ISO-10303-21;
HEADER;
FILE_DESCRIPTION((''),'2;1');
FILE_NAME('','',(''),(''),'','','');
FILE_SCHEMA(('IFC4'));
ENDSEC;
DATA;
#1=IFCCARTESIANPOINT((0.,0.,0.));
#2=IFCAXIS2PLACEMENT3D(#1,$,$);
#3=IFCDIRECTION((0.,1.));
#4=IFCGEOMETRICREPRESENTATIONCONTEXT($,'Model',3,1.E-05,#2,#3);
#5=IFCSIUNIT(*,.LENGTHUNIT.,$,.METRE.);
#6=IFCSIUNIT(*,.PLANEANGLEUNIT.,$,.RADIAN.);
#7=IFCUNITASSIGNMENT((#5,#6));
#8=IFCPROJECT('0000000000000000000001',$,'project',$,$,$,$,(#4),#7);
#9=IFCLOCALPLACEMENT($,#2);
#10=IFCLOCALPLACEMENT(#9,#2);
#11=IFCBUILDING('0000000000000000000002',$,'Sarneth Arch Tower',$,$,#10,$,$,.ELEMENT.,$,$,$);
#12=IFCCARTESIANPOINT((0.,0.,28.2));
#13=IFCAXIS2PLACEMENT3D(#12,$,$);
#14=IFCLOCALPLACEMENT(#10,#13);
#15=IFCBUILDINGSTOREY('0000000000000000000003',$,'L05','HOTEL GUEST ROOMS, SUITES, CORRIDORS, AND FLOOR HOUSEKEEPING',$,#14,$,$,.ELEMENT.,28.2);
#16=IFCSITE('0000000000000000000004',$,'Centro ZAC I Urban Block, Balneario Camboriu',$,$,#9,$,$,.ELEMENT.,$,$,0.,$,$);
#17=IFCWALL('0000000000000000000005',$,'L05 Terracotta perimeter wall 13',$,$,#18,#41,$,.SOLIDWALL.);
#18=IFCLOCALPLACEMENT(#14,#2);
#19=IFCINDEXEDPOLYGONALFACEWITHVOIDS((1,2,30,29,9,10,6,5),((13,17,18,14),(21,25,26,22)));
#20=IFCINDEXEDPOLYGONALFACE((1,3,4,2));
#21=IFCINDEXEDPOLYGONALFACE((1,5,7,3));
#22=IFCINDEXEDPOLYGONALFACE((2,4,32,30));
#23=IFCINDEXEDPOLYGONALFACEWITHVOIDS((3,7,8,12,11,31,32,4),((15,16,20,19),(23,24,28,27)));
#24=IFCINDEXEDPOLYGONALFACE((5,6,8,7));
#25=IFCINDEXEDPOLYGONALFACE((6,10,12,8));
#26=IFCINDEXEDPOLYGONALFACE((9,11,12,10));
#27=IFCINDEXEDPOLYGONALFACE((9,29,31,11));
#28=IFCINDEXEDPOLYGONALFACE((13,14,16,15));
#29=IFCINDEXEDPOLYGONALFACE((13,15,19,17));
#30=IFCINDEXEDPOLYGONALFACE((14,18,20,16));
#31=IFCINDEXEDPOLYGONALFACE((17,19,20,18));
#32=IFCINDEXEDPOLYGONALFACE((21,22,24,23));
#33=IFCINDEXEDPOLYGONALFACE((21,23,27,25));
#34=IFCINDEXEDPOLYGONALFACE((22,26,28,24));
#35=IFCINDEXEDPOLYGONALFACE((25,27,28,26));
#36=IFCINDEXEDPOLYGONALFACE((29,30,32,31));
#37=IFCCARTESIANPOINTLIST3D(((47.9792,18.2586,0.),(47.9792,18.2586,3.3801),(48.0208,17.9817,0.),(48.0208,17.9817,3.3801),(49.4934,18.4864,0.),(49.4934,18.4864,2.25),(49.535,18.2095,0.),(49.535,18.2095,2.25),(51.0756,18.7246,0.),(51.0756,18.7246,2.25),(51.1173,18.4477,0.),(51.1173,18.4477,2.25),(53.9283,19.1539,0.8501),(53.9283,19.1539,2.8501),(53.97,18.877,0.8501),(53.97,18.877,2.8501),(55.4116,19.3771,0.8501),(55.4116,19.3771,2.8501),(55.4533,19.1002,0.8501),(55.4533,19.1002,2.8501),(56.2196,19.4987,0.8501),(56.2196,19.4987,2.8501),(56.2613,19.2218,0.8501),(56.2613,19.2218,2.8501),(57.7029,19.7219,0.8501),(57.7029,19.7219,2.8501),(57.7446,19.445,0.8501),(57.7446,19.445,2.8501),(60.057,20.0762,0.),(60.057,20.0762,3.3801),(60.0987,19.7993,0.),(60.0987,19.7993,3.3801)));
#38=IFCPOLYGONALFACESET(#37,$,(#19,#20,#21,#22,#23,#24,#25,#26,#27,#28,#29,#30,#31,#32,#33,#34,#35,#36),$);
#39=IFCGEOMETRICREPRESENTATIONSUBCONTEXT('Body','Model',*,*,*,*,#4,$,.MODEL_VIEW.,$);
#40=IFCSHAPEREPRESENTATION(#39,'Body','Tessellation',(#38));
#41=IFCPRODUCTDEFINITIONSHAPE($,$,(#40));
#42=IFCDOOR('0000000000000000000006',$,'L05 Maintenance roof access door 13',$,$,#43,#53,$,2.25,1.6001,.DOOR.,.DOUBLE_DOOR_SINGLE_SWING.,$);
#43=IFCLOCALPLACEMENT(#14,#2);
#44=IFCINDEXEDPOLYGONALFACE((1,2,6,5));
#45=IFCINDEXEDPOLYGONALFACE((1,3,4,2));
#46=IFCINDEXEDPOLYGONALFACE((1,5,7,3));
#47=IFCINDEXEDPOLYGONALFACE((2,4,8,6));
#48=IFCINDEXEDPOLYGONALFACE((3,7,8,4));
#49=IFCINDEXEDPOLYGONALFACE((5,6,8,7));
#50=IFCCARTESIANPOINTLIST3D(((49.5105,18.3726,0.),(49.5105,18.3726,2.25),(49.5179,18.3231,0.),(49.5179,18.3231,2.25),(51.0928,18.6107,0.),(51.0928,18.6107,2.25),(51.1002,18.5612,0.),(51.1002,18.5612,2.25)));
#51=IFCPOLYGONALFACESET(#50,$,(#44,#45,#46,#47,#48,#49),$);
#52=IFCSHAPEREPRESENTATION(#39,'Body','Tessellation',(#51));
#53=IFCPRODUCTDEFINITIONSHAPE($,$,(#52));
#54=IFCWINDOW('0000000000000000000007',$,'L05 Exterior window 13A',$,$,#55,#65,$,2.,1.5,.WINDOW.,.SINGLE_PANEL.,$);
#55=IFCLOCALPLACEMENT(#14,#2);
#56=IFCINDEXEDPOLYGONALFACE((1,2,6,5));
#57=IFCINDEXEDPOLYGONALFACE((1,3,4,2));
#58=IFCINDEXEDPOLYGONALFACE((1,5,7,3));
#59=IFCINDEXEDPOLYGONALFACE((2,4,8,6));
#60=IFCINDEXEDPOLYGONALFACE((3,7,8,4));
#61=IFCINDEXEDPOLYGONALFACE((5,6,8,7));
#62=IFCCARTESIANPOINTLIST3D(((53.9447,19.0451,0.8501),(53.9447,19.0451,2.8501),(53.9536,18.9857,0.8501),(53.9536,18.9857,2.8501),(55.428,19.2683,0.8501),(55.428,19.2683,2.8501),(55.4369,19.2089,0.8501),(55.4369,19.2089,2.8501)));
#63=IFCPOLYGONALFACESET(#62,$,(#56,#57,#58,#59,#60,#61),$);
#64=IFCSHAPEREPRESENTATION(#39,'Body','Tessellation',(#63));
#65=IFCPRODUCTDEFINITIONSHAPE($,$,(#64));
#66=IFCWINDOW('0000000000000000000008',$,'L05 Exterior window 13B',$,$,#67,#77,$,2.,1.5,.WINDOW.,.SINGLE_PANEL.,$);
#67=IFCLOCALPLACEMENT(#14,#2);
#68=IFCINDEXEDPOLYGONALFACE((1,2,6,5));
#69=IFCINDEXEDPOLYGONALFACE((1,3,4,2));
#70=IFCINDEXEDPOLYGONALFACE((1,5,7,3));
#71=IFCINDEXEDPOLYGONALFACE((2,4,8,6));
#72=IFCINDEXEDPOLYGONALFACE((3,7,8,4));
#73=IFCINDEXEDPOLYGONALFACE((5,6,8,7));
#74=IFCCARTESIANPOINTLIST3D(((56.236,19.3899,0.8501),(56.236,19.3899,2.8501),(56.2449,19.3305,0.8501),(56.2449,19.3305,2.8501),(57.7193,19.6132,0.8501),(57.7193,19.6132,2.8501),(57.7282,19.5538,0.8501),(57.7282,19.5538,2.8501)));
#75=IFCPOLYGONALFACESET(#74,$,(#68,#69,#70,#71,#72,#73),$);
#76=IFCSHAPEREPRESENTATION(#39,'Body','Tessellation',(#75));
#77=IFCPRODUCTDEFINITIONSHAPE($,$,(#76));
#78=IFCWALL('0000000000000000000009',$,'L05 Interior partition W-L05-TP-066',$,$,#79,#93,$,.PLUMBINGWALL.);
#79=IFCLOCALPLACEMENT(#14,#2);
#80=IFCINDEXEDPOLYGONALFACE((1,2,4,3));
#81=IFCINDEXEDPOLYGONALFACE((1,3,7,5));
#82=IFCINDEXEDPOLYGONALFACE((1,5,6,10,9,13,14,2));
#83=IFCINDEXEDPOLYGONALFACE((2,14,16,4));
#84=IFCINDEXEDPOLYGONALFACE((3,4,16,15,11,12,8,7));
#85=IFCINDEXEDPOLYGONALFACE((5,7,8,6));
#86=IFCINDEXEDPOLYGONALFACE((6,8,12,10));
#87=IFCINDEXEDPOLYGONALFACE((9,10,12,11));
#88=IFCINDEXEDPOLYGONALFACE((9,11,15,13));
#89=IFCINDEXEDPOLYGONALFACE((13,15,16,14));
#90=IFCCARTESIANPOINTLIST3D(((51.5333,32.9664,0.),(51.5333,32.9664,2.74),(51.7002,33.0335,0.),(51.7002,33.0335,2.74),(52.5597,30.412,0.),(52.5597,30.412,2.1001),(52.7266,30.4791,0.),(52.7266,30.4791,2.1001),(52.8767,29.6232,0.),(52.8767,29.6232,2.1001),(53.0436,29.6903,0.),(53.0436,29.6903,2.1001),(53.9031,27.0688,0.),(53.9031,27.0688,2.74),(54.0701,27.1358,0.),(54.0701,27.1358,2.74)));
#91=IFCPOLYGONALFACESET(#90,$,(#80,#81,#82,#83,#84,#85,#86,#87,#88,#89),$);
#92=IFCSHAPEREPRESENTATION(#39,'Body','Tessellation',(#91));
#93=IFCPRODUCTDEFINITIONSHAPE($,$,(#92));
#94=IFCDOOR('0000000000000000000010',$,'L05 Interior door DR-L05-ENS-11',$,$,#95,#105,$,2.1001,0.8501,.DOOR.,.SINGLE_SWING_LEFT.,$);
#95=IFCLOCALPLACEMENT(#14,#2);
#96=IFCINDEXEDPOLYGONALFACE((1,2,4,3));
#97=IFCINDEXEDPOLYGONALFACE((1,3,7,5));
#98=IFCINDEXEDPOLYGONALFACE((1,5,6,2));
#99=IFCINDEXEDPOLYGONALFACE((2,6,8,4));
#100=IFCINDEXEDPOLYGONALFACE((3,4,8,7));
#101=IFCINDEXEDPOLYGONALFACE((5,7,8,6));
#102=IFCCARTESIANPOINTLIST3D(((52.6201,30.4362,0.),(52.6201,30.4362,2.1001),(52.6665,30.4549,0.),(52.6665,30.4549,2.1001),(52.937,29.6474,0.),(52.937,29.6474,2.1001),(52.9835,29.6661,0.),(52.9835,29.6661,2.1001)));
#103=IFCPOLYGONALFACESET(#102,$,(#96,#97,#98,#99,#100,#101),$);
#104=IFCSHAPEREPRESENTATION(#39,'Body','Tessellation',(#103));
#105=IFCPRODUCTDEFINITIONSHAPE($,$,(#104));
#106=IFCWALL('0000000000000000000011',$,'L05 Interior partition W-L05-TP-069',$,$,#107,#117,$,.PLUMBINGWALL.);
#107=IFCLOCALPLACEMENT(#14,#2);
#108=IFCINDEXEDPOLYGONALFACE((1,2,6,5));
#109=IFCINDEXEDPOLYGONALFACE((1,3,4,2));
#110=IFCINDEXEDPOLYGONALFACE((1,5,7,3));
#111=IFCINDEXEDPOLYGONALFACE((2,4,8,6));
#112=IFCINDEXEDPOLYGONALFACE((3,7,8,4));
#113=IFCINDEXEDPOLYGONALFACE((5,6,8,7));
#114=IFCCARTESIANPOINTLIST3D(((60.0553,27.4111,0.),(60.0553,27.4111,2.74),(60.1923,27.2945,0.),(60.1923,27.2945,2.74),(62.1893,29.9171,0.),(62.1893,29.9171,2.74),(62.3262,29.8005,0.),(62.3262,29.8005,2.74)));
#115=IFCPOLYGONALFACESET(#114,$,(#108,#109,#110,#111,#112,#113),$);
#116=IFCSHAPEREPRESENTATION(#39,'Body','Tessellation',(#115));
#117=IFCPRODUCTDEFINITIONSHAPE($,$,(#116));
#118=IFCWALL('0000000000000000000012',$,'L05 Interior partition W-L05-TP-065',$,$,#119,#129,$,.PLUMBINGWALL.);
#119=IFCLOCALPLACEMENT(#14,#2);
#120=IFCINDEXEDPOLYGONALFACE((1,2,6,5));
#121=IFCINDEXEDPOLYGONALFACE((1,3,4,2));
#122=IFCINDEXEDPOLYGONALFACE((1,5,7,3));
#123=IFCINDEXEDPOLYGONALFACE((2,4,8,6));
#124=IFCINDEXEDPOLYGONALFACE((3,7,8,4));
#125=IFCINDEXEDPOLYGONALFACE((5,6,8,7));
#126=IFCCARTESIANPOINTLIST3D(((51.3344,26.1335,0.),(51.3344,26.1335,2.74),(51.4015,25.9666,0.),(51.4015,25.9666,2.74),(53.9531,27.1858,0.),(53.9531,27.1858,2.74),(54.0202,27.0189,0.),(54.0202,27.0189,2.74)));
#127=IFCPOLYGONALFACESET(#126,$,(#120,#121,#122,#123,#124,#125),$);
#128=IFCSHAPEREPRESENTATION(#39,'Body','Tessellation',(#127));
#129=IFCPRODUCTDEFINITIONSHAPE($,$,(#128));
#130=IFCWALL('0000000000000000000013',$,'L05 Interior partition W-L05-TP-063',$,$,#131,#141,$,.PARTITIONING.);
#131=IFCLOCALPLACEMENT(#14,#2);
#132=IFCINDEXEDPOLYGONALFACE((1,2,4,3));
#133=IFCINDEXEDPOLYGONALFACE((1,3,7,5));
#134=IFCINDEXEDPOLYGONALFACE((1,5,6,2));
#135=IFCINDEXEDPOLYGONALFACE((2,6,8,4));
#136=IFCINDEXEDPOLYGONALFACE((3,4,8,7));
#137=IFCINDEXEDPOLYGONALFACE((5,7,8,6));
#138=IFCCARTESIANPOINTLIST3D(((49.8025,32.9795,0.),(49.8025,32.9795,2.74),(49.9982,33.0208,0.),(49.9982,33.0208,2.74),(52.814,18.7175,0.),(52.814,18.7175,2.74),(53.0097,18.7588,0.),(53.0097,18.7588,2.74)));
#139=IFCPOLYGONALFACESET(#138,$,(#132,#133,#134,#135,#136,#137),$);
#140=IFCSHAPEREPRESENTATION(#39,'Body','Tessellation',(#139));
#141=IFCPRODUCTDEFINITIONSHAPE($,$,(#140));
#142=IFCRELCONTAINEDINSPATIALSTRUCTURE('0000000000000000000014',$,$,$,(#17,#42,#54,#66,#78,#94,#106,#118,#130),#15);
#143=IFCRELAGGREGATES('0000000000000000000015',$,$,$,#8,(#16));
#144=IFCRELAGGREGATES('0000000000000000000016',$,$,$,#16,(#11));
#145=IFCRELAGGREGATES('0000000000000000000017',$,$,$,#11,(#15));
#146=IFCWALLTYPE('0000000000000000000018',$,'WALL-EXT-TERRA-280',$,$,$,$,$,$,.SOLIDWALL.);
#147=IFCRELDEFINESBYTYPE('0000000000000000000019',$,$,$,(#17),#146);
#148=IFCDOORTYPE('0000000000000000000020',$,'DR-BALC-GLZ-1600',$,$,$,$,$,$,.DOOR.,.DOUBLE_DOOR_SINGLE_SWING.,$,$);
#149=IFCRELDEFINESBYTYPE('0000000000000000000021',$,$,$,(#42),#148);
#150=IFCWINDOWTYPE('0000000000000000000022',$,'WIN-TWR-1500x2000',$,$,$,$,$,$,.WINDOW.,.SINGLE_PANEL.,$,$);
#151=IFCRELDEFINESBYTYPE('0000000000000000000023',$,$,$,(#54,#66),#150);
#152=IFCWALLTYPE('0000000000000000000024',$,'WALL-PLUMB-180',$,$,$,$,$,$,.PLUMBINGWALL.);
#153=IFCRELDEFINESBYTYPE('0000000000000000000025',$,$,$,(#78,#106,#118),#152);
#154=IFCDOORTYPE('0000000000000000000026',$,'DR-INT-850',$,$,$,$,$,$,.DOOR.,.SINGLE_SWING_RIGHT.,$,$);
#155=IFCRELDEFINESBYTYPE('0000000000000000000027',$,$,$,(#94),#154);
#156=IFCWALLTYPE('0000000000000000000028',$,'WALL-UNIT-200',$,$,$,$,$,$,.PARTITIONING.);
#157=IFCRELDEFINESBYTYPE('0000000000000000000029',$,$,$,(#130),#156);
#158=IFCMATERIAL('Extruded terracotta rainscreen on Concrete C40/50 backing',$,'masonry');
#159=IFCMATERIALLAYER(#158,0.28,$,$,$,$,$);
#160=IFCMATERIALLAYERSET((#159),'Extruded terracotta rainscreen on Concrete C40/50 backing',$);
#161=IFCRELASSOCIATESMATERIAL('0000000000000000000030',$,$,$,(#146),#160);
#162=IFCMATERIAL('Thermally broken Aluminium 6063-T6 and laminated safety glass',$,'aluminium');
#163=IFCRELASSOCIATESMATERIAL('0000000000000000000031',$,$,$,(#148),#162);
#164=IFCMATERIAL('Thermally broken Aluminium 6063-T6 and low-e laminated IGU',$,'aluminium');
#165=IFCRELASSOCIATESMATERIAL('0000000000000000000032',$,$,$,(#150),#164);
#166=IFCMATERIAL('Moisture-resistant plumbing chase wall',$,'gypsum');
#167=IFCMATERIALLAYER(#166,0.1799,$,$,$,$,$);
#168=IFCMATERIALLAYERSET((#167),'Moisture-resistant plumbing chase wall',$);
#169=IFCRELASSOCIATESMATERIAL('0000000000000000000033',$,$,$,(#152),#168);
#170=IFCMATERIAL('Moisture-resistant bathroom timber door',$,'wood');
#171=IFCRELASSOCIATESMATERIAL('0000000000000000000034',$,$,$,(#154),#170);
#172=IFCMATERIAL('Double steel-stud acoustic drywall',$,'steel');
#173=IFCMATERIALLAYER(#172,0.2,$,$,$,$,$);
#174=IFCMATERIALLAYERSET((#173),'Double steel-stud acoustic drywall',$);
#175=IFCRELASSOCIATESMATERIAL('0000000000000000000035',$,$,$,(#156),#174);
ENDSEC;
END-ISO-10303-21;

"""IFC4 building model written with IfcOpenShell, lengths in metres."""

from ifc_helpers import new_model, si_unit, direction, frame, frame_2d, origin, place, context, subcontext, project, spatial, rectangle, extrude, material, layer, layer_set, type_object, element, fill, save


model = new_model("IFC4")

# Units and contexts
model_context = context("Model", 3, precision=1e-05, world=origin(), true_north=direction((0.0, 1.0)))
body_context = subcontext(model_context, "Body", "Model", "MODEL_VIEW")
ifc_project = project(units=[si_unit("LENGTHUNIT", "METRE"), si_unit("PLANEANGLEUNIT", "RADIAN")], contexts=[model_context])

# Site, building, storey
site_placement = place(None, origin())
site = spatial("IfcSite", under=ifc_project, at=site_placement, Name="Centro ZAC I Urban Block, Balneario Camboriu", CompositionType="ELEMENT", RefElevation=0.0)
building_placement = place(site_placement, origin())
building = spatial("IfcBuilding", under=site, at=building_placement, Name="Sarneth Arch Tower", CompositionType="ELEMENT")
storey_placement = place(building_placement, frame((0.0, 0.0, 28.2)))
storey = spatial("IfcBuildingStorey", under=building, at=storey_placement, Name="L05", Description="HOTEL GUEST ROOMS, SUITES, CORRIDORS, AND FLOOR HOUSEKEEPING", CompositionType="ELEMENT", Elevation=28.2)

# Wall, openings, door, windows
ifc_material_1 = material(Name="Extruded terracotta rainscreen on Concrete C40/50 backing", Category="masonry")
ifc_layer_1 = layer(ifc_material_1, 0.28)
ifc_layer_set_1 = layer_set([ifc_layer_1], Name="Extruded terracotta rainscreen on Concrete C40/50 backing")
wall_type_1 = type_object("IfcWallType", Name="WALL-EXT-TERRA-280", PredefinedType="SOLIDWALL", material=ifc_layer_set_1)
wall_1_placement = place(storey_placement, frame((48.0, 18.1201, 0.0), z_axis=(0.0, 0.0, 1.0), x_axis=(0.988865, 0.148816, 0.0)))
wall_1 = element("IfcWall", 1, at=wall_1_placement, inside=storey, type_object=wall_type_1, Name="L05 Terracotta perimeter wall 13", PredefinedType="SOLIDWALL", context=body_context, shape_type="SweptSolid", body=[
    extrude(rectangle(XDim=12.2139, YDim=0.28, at=frame_2d((6.1069, 0.0))), origin(), (0.0, 0.0, 1.0), 3.3801),
])
opening_1_placement = place(wall_1_placement, frame((1.5312, 0.0, 0.0)))
opening_1 = element("IfcOpeningElement", 2, at=opening_1_placement, cuts=wall_1, PredefinedType="OPENING", context=body_context, shape_type="SweptSolid", body=[
    extrude(rectangle(XDim=1.6001, YDim=2.25, at=frame_2d((0.8, 1.125))), frame((0.0, 0.1499, 0.0), z_axis=(0.0, -1.0, 0.0), x_axis=(1.0, 0.0, 0.0)), (0.0, 0.0, 1.0), 0.3),
])
opening_2_placement = place(wall_1_placement, frame((6.0161, 0.0, 0.8501)))
opening_2 = element("IfcOpeningElement", 3, at=opening_2_placement, cuts=wall_1, PredefinedType="OPENING", context=body_context, shape_type="SweptSolid", body=[
    extrude(rectangle(XDim=1.5, YDim=2.0, at=frame_2d((0.75, 1.0))), frame((0.0, 0.1499, 0.0), z_axis=(0.0, -1.0, 0.0), x_axis=(1.0, 0.0, 0.0)), (0.0, 0.0, 1.0), 0.3),
])
opening_3_placement = place(wall_1_placement, frame((8.3333, 0.0, 0.8501)))
opening_3 = element("IfcOpeningElement", 4, at=opening_3_placement, cuts=wall_1, PredefinedType="OPENING", context=body_context, shape_type="SweptSolid", body=[
    extrude(rectangle(XDim=1.5, YDim=2.0, at=frame_2d((0.75, 1.0))), frame((0.0, 0.1499, 0.0), z_axis=(0.0, -1.0, 0.0), x_axis=(1.0, 0.0, 0.0)), (0.0, 0.0, 1.0), 0.3),
])
ifc_material_2 = material(Name="Thermally broken Aluminium 6063-T6 and laminated safety glass", Category="aluminium")
door_type_1 = type_object("IfcDoorType", Name="DR-BALC-GLZ-1600", OperationType="DOUBLE_DOOR_SINGLE_SWING", PredefinedType="DOOR", material=ifc_material_2)
door_1_placement = place(opening_1_placement, origin())
door_1 = element("IfcDoor", 5, at=door_1_placement, inside=storey, type_object=door_type_1, Name="L05 Maintenance roof access door 13", OperationType="DOUBLE_DOOR_SINGLE_SWING", OverallHeight=2.25, OverallWidth=1.6001, PredefinedType="DOOR", context=body_context, shape_type="SweptSolid", body=[
    extrude(rectangle(XDim=1.6001, YDim=2.25, at=frame_2d((0.8, 1.125))), frame((0.0, 0.0249, 0.0), z_axis=(0.0, -1.0, 0.0), x_axis=(1.0, 0.0, 0.0)), (0.0, 0.0, 1.0), 0.05),
])
fill(opening_1, door_1)
ifc_material_3 = material(Name="Thermally broken Aluminium 6063-T6 and low-e laminated IGU", Category="aluminium")
window_type = type_object("IfcWindowType", Name="WIN-TWR-1500x2000", PartitioningType="SINGLE_PANEL", PredefinedType="WINDOW", material=ifc_material_3)
window_1_placement = place(opening_2_placement, origin())
window_1 = element("IfcWindow", 6, at=window_1_placement, inside=storey, type_object=window_type, Name="L05 Exterior window 13A", OverallHeight=2.0, OverallWidth=1.5, PartitioningType="SINGLE_PANEL", PredefinedType="WINDOW", context=body_context, shape_type="SweptSolid", body=[
    extrude(rectangle(XDim=1.5, YDim=2.0, at=frame_2d((0.75, 1.0))), frame((0.0, 0.03, 0.0), z_axis=(0.0, -1.0, 0.0), x_axis=(1.0, 0.0, 0.0)), (0.0, 0.0, 1.0), 0.0601),
])
fill(opening_2, window_1)
window_2_placement = place(opening_3_placement, origin())
window_2 = element("IfcWindow", 7, at=window_2_placement, inside=storey, type_object=window_type, Name="L05 Exterior window 13B", OverallHeight=2.0, OverallWidth=1.5, PartitioningType="SINGLE_PANEL", PredefinedType="WINDOW", context=body_context, shape_type="SweptSolid", body=[
    extrude(rectangle(XDim=1.5, YDim=2.0, at=frame_2d((0.75, 1.0))), frame((0.0, 0.03, 0.0), z_axis=(0.0, -1.0, 0.0), x_axis=(1.0, 0.0, 0.0)), (0.0, 0.0, 1.0), 0.0601),
])
fill(opening_3, window_2)

# Wall, opening, door
ifc_material_4 = material(Name="Moisture-resistant plumbing chase wall", Category="gypsum")
ifc_layer_2 = layer(ifc_material_4, 0.1799)
ifc_layer_set_2 = layer_set([ifc_layer_2], Name="Moisture-resistant plumbing chase wall")
wall_type_2 = type_object("IfcWallType", Name="WALL-PLUMB-180", PredefinedType="PLUMBINGWALL", material=ifc_layer_set_2)
wall_2_placement = place(storey_placement, frame((53.9866, 27.1023, 0.0), z_axis=(0.0, 0.0, 1.0), x_axis=(-0.372854, 0.92789, 0.0)))
wall_2 = element("IfcWall", 8, at=wall_2_placement, inside=storey, type_object=wall_type_2, Name="L05 Interior partition W-L05-TP-066", PredefinedType="PLUMBINGWALL", context=body_context, shape_type="SweptSolid", body=[
    extrude(rectangle(XDim=6.356, YDim=0.1799, at=frame_2d((3.178, 0.0))), origin(), (0.0, 0.0, 1.0), 2.74),
])
opening_4_placement = place(wall_2_placement, frame((2.7529, 0.0, 0.0)))
opening_4 = element("IfcOpeningElement", 9, at=opening_4_placement, cuts=wall_2, PredefinedType="OPENING", context=body_context, shape_type="SweptSolid", body=[
    extrude(rectangle(XDim=0.8501, YDim=2.1001, at=frame_2d((0.425, 1.05))), frame((0.0, 0.0999, 0.0), z_axis=(0.0, -1.0, 0.0), x_axis=(1.0, 0.0, 0.0)), (0.0, 0.0, 1.0), 0.2),
])
ifc_material_5 = material(Name="Moisture-resistant bathroom timber door", Category="wood")
door_type_2 = type_object("IfcDoorType", Name="DR-INT-850", OperationType="SINGLE_SWING_RIGHT", PredefinedType="DOOR", material=ifc_material_5)
door_2_placement = place(opening_4_placement, origin())
door_2 = element("IfcDoor", 10, at=door_2_placement, inside=storey, type_object=door_type_2, Name="L05 Interior door DR-L05-ENS-11", OperationType="SINGLE_SWING_LEFT", OverallHeight=2.1001, OverallWidth=0.8501, PredefinedType="DOOR", context=body_context, shape_type="SweptSolid", body=[
    extrude(rectangle(XDim=0.8501, YDim=2.1001, at=frame_2d((0.425, 1.05))), frame((0.0, 0.0249, 0.0), z_axis=(0.0, -1.0, 0.0), x_axis=(1.0, 0.0, 0.0)), (0.0, 0.0, 1.0), 0.05),
])
fill(opening_4, door_2)

# Walls
wall_3_placement = place(storey_placement, frame((60.1238, 27.3528, 0.0), z_axis=(0.0, 0.0, 1.0), x_axis=(0.648326, 0.761363, 0.0)))
element("IfcWall", 11, at=wall_3_placement, inside=storey, type_object=wall_type_2, Name="L05 Interior partition W-L05-TP-069", PredefinedType="PLUMBINGWALL", context=body_context, shape_type="SweptSolid", body=[
    extrude(rectangle(XDim=3.2915, YDim=0.1799, at=frame_2d((1.6458, 0.0))), origin(), (0.0, 0.0, 1.0), 2.74),
])
wall_4_placement = place(storey_placement, frame((51.3679, 26.05, 0.0), z_axis=(0.0, 0.0, 1.0), x_axis=(0.927891, 0.372852, 0.0)))
element("IfcWall", 12, at=wall_4_placement, inside=storey, type_object=wall_type_2, Name="L05 Interior partition W-L05-TP-065", PredefinedType="PLUMBINGWALL", context=body_context, shape_type="SweptSolid", body=[
    extrude(rectangle(XDim=2.8223, YDim=0.1799, at=frame_2d((1.4111, 0.0))), origin(), (0.0, 0.0, 1.0), 2.74),
])
ifc_material_6 = material(Name="Double steel-stud acoustic drywall", Category="steel")
ifc_layer_3 = layer(ifc_material_6, 0.2)
ifc_layer_set_3 = layer_set([ifc_layer_3], Name="Double steel-stud acoustic drywall")
wall_type_3 = type_object("IfcWallType", Name="WALL-UNIT-200", PredefinedType="PARTITIONING", material=ifc_layer_set_3)
wall_5_placement = place(storey_placement, frame((49.9004, 33.0, 0.0), z_axis=(0.0, 0.0, 1.0), x_axis=(0.206599, -0.978426, 0.0)))
element("IfcWall", 13, at=wall_5_placement, inside=storey, type_object=wall_type_3, Name="L05 Interior partition W-L05-TP-063", PredefinedType="PARTITIONING", context=body_context, shape_type="SweptSolid", body=[
    extrude(rectangle(XDim=14.5764, YDim=0.2, at=frame_2d((7.2881, 0.0))), origin(), (0.0, 0.0, 1.0), 2.74),
])

save(model, "model.ifc")
